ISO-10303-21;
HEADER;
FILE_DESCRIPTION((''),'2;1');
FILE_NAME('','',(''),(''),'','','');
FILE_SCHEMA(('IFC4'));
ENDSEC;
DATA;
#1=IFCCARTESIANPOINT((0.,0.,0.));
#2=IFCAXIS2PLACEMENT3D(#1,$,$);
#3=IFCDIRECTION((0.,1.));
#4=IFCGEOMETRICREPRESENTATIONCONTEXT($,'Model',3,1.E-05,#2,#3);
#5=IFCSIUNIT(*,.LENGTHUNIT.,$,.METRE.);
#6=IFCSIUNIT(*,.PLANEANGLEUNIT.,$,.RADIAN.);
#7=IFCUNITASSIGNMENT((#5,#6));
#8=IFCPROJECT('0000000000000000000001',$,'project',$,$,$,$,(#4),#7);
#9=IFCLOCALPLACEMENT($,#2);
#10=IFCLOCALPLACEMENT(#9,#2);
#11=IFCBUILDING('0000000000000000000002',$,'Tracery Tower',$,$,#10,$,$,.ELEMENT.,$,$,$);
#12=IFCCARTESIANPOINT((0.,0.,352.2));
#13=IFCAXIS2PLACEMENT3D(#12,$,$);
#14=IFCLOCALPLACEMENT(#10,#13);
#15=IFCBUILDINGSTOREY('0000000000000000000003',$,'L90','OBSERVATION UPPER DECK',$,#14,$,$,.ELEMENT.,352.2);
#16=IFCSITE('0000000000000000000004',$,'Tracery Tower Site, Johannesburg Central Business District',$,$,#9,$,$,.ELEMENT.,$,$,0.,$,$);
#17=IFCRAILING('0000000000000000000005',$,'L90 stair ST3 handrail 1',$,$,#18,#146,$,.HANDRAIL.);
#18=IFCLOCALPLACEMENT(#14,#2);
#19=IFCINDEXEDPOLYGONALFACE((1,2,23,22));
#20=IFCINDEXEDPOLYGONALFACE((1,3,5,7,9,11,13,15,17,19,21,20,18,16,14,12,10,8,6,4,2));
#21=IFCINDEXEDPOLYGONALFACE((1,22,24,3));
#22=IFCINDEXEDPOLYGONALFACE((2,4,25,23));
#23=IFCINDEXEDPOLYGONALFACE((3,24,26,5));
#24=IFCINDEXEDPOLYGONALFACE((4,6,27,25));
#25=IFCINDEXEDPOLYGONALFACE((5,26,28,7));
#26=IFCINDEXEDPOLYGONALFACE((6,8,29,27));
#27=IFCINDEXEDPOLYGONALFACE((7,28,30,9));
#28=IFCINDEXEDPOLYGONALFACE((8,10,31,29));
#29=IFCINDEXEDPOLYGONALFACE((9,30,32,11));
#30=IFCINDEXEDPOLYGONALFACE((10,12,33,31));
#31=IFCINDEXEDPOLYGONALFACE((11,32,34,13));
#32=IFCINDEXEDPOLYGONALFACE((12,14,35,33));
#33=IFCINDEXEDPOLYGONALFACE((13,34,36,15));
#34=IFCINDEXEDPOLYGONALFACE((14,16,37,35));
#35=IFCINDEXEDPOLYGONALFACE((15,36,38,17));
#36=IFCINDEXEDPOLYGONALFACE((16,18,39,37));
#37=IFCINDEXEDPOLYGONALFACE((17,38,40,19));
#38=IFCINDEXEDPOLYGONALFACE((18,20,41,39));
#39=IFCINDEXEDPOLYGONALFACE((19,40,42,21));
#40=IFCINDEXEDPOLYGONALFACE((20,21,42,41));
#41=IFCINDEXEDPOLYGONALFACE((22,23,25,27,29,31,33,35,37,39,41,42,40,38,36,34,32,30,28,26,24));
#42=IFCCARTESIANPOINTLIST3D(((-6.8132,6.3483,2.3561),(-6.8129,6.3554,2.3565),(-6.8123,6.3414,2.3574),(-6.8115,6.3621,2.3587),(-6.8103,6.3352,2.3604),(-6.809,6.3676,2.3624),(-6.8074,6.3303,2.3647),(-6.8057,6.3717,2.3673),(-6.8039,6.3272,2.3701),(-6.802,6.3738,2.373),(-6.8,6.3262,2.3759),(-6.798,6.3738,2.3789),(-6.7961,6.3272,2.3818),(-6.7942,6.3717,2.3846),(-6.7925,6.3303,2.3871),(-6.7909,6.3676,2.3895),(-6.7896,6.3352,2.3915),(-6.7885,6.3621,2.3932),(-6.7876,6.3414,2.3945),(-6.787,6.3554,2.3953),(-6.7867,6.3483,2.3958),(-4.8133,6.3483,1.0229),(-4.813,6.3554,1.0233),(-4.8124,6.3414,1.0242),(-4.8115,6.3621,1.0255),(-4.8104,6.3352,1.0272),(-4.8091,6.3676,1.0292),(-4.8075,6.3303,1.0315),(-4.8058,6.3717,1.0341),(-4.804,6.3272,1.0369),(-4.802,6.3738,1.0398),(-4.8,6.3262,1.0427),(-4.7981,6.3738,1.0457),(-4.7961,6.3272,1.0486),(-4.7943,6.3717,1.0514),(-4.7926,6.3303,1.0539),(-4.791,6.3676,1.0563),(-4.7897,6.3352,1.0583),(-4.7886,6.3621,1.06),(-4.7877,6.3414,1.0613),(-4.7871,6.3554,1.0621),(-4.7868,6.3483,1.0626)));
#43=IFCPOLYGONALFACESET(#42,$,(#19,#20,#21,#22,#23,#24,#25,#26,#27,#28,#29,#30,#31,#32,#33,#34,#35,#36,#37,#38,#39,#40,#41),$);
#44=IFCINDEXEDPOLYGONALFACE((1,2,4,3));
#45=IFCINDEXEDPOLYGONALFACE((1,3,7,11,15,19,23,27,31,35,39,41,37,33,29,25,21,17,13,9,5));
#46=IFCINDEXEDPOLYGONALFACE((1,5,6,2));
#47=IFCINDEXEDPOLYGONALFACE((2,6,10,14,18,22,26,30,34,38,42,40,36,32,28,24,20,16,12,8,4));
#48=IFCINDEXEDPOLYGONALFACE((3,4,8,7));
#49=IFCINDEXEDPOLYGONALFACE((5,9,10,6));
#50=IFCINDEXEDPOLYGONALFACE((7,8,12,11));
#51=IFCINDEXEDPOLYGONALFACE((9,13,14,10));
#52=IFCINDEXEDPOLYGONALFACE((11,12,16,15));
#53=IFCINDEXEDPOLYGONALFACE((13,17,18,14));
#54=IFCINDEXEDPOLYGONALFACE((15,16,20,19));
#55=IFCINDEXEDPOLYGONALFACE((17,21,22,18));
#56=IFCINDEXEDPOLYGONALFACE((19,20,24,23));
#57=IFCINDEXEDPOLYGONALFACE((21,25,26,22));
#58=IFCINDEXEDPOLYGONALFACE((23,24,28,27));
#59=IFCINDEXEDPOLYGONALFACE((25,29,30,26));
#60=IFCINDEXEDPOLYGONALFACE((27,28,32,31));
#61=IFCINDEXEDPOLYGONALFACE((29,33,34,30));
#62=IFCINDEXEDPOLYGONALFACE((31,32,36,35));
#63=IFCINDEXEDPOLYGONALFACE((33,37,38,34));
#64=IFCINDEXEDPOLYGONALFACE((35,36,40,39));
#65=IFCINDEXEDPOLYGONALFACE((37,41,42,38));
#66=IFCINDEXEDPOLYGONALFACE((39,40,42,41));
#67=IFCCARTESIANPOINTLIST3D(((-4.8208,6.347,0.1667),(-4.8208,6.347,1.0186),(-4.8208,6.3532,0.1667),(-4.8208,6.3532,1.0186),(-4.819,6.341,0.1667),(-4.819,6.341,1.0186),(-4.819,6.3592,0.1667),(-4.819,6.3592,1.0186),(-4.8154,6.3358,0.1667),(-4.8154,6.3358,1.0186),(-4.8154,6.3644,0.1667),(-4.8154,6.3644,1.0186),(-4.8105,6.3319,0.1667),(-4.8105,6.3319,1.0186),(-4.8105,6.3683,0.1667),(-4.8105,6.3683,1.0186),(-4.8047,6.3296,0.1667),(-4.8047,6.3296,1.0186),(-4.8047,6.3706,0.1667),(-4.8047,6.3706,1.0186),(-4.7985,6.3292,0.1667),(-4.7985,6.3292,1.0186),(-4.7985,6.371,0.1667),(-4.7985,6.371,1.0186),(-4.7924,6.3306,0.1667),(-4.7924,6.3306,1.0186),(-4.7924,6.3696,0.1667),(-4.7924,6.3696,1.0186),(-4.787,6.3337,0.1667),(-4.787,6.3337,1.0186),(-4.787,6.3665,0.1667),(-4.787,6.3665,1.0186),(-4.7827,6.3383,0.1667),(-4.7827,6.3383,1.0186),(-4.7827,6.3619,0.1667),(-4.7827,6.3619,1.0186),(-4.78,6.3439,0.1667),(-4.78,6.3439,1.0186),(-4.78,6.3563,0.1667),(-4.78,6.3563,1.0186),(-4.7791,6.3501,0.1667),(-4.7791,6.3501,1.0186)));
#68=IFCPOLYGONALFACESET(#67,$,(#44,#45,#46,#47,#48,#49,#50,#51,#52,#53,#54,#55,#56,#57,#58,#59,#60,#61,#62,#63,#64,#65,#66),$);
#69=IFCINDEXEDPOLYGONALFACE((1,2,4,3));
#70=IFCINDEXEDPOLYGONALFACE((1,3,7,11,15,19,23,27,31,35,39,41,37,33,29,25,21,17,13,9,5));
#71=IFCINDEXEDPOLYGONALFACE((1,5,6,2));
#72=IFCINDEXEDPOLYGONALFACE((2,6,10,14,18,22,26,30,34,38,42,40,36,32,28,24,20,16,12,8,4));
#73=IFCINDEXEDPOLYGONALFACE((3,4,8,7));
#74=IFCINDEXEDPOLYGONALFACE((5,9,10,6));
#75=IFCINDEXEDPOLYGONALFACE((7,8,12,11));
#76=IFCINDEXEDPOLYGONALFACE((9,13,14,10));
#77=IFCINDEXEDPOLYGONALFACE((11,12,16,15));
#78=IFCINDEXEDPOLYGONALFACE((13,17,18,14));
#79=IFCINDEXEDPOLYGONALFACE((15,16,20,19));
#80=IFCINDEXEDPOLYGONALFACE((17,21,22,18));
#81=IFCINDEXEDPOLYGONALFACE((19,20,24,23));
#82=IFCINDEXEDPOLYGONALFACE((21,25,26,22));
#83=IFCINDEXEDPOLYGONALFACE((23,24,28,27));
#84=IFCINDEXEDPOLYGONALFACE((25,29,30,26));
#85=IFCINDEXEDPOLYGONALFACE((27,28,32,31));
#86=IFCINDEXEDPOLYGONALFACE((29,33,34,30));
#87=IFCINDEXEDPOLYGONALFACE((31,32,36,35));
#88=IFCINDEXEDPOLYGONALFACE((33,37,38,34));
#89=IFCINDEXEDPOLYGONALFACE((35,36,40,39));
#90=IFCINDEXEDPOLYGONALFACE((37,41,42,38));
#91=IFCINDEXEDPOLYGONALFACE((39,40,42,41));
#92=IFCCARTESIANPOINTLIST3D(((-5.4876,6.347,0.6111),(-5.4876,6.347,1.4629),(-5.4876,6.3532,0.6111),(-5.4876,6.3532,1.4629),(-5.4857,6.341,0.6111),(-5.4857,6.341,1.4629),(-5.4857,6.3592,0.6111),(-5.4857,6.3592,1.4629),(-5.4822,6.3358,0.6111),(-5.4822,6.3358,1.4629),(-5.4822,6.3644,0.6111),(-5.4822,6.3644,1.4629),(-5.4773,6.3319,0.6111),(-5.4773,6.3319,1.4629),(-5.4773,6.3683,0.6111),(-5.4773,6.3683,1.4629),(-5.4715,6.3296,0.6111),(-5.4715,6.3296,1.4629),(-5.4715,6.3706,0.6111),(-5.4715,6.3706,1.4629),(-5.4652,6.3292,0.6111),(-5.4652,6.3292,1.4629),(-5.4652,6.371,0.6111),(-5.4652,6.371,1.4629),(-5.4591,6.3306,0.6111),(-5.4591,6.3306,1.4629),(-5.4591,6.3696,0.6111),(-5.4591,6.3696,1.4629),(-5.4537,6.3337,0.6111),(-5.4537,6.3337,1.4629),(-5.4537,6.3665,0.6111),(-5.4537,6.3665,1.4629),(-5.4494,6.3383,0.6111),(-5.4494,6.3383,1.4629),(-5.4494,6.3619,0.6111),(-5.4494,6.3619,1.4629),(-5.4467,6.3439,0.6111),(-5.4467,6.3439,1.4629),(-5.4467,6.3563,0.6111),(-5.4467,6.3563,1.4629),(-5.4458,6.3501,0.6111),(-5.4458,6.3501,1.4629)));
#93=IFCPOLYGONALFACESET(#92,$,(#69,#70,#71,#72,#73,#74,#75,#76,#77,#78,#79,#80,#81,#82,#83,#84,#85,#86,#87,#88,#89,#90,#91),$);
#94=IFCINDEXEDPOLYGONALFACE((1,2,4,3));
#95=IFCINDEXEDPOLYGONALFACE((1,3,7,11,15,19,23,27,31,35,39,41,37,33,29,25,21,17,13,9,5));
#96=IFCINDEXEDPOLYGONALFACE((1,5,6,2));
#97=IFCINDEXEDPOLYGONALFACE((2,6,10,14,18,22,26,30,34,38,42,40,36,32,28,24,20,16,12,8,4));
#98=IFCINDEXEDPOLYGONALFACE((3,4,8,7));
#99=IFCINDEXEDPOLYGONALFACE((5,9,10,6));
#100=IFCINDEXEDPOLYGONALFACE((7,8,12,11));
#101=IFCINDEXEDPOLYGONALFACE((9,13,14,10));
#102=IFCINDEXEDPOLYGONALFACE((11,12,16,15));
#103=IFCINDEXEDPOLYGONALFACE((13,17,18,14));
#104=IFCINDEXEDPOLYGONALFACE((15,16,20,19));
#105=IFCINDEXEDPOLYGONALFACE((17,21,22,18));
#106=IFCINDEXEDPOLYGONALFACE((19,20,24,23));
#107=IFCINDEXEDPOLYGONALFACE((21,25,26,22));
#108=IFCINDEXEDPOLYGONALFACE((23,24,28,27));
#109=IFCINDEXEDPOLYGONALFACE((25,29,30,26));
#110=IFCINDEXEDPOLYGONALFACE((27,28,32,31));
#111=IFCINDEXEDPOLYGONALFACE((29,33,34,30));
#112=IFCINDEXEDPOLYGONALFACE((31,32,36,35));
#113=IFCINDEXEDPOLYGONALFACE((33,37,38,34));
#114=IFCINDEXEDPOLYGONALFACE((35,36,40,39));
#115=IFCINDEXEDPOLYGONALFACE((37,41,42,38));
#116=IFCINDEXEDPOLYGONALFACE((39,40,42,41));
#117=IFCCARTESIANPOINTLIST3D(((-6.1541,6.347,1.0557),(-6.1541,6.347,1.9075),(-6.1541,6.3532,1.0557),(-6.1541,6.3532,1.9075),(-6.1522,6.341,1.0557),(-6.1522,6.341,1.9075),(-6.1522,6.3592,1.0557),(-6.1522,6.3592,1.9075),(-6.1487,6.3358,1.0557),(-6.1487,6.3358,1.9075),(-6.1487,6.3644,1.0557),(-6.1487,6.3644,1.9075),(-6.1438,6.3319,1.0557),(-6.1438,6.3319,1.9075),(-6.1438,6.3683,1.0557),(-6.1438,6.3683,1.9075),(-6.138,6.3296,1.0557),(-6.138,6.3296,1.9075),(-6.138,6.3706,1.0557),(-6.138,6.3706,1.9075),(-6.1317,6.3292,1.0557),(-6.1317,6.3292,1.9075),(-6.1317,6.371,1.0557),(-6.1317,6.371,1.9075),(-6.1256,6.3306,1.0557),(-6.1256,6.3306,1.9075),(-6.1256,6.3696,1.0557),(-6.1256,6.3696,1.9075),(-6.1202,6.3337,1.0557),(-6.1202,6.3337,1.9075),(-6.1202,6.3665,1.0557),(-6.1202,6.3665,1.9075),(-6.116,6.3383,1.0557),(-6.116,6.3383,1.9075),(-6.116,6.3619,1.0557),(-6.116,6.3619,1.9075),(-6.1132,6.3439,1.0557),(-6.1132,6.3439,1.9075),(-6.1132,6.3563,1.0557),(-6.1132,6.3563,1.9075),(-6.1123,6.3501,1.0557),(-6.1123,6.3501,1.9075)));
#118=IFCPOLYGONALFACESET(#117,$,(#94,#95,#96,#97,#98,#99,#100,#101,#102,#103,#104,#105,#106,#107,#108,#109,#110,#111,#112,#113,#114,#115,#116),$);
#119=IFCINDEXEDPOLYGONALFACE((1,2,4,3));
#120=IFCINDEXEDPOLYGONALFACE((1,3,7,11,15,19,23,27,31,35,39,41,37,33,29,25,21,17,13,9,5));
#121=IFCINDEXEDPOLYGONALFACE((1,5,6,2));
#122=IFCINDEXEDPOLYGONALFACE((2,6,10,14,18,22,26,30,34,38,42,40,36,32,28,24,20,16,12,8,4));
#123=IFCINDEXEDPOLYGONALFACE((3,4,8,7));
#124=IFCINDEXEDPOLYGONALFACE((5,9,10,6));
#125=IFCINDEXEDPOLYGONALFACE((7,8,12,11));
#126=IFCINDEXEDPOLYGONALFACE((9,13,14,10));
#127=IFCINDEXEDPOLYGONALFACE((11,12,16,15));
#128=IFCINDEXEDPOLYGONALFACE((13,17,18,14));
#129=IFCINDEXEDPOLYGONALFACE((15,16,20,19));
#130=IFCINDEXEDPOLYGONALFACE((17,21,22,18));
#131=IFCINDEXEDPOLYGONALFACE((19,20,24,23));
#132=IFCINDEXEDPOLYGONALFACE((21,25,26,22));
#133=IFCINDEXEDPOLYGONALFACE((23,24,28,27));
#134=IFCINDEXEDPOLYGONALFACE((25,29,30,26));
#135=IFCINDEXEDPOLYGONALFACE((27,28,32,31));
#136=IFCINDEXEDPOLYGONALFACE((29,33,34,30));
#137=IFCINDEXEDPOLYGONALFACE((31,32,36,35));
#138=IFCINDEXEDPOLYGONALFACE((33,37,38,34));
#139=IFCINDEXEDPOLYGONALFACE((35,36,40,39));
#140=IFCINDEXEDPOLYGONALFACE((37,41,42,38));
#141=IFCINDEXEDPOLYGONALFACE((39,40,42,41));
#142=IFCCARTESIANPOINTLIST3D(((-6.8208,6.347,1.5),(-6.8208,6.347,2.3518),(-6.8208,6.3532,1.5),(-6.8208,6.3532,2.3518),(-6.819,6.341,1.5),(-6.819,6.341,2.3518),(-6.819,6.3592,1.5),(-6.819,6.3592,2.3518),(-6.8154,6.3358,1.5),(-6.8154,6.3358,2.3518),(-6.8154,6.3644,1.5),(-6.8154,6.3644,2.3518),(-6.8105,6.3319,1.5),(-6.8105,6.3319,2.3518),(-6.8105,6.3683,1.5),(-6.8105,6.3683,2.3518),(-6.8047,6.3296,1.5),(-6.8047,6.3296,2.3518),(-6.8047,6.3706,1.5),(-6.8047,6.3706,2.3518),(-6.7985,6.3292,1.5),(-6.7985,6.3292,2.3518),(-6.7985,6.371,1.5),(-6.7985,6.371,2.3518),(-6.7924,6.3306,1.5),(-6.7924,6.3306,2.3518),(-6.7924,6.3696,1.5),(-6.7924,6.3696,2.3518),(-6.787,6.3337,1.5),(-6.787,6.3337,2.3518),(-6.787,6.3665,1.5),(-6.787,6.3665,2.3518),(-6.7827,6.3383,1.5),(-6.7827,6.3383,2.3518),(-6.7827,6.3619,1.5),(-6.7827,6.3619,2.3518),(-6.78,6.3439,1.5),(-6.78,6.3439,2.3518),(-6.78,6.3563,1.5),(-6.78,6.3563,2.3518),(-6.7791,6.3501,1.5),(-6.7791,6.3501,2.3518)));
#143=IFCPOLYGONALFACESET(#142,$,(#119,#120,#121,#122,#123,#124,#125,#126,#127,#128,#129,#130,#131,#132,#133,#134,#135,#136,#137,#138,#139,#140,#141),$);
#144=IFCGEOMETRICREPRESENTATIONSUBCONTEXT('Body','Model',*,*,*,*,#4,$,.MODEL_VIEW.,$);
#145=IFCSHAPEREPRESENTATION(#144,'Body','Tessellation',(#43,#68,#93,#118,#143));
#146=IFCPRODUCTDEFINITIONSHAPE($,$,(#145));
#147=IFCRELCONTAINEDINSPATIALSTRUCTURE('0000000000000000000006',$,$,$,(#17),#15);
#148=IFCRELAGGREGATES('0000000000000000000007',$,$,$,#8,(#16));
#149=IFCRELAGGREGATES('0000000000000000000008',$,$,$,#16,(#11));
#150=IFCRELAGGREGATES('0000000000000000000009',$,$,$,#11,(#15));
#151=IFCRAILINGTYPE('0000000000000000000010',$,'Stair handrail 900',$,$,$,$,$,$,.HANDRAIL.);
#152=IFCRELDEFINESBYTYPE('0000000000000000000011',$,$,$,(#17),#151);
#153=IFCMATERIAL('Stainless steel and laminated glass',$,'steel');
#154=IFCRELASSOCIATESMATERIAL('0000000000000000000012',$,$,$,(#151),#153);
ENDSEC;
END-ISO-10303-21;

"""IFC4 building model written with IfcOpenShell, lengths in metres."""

from ifc_helpers import new_model, si_unit, direction, frame, origin, origin_2d, place, context, subcontext, project, spatial, circle, extrude, material, type_object, element, save


model = new_model("IFC4")

# Units and contexts
model_context = context("Model", 3, precision=1e-05, world=origin(), true_north=direction((0.0, 1.0)))
body_context = subcontext(model_context, "Body", "Model", "MODEL_VIEW")
ifc_project = project(units=[si_unit("LENGTHUNIT", "METRE"), si_unit("PLANEANGLEUNIT", "RADIAN")], contexts=[model_context])

# Site, building, storey
site_placement = place(None, origin())
site = spatial("IfcSite", under=ifc_project, at=site_placement, Name="Tracery Tower Site, Johannesburg Central Business District", CompositionType="ELEMENT", RefElevation=0.0)
building_placement = place(site_placement, origin())
building = spatial("IfcBuilding", under=site, at=building_placement, Name="Tracery Tower", CompositionType="ELEMENT")
storey_placement = place(building_placement, frame((0.0, 0.0, 352.2)))
storey = spatial("IfcBuildingStorey", under=building, at=storey_placement, Name="L90", Description="OBSERVATION UPPER DECK", CompositionType="ELEMENT", Elevation=352.2)

# Railing
ifc_material_1 = material(Name="Stainless steel and laminated glass", Category="steel")
railing_type_1 = type_object("IfcRailingType", Name="Stair handrail 900", PredefinedType="HANDRAIL", material=ifc_material_1)
railing_1_placement = place(storey_placement, frame((-4.8, 6.3501, 0.1667)))
element("IfcRailing", 1, at=railing_1_placement, inside=storey, type_object=railing_type_1, Name="L90 stair ST3 handrail 1", PredefinedType="HANDRAIL", context=body_context, shape_type="SweptSolid", body=[
    extrude(circle(Radius=0.0239, at=origin_2d()), frame((0.0, 0.0, 0.876), z_axis=(-0.832066, 0.0, 0.554677), x_axis=(0.0, -1.0, 0.0)), (0.0, 0.0, 1.0), 2.4036),
    extrude(circle(Radius=0.021, at=origin_2d()), origin(), (0.0, 0.0, 1.0), 0.8518),
    extrude(circle(Radius=0.021, at=origin_2d()), frame((-0.6667, 0.0, 0.4443)), (0.0, 0.0, 1.0), 0.8518),
    extrude(circle(Radius=0.021, at=origin_2d()), frame((-1.3333, 0.0, 0.8889)), (0.0, 0.0, 1.0), 0.8518),
    extrude(circle(Radius=0.021, at=origin_2d()), frame((-2.0, 0.0, 1.3333)), (0.0, 0.0, 1.0), 0.8518),
])

save(model, "model.ifc")
